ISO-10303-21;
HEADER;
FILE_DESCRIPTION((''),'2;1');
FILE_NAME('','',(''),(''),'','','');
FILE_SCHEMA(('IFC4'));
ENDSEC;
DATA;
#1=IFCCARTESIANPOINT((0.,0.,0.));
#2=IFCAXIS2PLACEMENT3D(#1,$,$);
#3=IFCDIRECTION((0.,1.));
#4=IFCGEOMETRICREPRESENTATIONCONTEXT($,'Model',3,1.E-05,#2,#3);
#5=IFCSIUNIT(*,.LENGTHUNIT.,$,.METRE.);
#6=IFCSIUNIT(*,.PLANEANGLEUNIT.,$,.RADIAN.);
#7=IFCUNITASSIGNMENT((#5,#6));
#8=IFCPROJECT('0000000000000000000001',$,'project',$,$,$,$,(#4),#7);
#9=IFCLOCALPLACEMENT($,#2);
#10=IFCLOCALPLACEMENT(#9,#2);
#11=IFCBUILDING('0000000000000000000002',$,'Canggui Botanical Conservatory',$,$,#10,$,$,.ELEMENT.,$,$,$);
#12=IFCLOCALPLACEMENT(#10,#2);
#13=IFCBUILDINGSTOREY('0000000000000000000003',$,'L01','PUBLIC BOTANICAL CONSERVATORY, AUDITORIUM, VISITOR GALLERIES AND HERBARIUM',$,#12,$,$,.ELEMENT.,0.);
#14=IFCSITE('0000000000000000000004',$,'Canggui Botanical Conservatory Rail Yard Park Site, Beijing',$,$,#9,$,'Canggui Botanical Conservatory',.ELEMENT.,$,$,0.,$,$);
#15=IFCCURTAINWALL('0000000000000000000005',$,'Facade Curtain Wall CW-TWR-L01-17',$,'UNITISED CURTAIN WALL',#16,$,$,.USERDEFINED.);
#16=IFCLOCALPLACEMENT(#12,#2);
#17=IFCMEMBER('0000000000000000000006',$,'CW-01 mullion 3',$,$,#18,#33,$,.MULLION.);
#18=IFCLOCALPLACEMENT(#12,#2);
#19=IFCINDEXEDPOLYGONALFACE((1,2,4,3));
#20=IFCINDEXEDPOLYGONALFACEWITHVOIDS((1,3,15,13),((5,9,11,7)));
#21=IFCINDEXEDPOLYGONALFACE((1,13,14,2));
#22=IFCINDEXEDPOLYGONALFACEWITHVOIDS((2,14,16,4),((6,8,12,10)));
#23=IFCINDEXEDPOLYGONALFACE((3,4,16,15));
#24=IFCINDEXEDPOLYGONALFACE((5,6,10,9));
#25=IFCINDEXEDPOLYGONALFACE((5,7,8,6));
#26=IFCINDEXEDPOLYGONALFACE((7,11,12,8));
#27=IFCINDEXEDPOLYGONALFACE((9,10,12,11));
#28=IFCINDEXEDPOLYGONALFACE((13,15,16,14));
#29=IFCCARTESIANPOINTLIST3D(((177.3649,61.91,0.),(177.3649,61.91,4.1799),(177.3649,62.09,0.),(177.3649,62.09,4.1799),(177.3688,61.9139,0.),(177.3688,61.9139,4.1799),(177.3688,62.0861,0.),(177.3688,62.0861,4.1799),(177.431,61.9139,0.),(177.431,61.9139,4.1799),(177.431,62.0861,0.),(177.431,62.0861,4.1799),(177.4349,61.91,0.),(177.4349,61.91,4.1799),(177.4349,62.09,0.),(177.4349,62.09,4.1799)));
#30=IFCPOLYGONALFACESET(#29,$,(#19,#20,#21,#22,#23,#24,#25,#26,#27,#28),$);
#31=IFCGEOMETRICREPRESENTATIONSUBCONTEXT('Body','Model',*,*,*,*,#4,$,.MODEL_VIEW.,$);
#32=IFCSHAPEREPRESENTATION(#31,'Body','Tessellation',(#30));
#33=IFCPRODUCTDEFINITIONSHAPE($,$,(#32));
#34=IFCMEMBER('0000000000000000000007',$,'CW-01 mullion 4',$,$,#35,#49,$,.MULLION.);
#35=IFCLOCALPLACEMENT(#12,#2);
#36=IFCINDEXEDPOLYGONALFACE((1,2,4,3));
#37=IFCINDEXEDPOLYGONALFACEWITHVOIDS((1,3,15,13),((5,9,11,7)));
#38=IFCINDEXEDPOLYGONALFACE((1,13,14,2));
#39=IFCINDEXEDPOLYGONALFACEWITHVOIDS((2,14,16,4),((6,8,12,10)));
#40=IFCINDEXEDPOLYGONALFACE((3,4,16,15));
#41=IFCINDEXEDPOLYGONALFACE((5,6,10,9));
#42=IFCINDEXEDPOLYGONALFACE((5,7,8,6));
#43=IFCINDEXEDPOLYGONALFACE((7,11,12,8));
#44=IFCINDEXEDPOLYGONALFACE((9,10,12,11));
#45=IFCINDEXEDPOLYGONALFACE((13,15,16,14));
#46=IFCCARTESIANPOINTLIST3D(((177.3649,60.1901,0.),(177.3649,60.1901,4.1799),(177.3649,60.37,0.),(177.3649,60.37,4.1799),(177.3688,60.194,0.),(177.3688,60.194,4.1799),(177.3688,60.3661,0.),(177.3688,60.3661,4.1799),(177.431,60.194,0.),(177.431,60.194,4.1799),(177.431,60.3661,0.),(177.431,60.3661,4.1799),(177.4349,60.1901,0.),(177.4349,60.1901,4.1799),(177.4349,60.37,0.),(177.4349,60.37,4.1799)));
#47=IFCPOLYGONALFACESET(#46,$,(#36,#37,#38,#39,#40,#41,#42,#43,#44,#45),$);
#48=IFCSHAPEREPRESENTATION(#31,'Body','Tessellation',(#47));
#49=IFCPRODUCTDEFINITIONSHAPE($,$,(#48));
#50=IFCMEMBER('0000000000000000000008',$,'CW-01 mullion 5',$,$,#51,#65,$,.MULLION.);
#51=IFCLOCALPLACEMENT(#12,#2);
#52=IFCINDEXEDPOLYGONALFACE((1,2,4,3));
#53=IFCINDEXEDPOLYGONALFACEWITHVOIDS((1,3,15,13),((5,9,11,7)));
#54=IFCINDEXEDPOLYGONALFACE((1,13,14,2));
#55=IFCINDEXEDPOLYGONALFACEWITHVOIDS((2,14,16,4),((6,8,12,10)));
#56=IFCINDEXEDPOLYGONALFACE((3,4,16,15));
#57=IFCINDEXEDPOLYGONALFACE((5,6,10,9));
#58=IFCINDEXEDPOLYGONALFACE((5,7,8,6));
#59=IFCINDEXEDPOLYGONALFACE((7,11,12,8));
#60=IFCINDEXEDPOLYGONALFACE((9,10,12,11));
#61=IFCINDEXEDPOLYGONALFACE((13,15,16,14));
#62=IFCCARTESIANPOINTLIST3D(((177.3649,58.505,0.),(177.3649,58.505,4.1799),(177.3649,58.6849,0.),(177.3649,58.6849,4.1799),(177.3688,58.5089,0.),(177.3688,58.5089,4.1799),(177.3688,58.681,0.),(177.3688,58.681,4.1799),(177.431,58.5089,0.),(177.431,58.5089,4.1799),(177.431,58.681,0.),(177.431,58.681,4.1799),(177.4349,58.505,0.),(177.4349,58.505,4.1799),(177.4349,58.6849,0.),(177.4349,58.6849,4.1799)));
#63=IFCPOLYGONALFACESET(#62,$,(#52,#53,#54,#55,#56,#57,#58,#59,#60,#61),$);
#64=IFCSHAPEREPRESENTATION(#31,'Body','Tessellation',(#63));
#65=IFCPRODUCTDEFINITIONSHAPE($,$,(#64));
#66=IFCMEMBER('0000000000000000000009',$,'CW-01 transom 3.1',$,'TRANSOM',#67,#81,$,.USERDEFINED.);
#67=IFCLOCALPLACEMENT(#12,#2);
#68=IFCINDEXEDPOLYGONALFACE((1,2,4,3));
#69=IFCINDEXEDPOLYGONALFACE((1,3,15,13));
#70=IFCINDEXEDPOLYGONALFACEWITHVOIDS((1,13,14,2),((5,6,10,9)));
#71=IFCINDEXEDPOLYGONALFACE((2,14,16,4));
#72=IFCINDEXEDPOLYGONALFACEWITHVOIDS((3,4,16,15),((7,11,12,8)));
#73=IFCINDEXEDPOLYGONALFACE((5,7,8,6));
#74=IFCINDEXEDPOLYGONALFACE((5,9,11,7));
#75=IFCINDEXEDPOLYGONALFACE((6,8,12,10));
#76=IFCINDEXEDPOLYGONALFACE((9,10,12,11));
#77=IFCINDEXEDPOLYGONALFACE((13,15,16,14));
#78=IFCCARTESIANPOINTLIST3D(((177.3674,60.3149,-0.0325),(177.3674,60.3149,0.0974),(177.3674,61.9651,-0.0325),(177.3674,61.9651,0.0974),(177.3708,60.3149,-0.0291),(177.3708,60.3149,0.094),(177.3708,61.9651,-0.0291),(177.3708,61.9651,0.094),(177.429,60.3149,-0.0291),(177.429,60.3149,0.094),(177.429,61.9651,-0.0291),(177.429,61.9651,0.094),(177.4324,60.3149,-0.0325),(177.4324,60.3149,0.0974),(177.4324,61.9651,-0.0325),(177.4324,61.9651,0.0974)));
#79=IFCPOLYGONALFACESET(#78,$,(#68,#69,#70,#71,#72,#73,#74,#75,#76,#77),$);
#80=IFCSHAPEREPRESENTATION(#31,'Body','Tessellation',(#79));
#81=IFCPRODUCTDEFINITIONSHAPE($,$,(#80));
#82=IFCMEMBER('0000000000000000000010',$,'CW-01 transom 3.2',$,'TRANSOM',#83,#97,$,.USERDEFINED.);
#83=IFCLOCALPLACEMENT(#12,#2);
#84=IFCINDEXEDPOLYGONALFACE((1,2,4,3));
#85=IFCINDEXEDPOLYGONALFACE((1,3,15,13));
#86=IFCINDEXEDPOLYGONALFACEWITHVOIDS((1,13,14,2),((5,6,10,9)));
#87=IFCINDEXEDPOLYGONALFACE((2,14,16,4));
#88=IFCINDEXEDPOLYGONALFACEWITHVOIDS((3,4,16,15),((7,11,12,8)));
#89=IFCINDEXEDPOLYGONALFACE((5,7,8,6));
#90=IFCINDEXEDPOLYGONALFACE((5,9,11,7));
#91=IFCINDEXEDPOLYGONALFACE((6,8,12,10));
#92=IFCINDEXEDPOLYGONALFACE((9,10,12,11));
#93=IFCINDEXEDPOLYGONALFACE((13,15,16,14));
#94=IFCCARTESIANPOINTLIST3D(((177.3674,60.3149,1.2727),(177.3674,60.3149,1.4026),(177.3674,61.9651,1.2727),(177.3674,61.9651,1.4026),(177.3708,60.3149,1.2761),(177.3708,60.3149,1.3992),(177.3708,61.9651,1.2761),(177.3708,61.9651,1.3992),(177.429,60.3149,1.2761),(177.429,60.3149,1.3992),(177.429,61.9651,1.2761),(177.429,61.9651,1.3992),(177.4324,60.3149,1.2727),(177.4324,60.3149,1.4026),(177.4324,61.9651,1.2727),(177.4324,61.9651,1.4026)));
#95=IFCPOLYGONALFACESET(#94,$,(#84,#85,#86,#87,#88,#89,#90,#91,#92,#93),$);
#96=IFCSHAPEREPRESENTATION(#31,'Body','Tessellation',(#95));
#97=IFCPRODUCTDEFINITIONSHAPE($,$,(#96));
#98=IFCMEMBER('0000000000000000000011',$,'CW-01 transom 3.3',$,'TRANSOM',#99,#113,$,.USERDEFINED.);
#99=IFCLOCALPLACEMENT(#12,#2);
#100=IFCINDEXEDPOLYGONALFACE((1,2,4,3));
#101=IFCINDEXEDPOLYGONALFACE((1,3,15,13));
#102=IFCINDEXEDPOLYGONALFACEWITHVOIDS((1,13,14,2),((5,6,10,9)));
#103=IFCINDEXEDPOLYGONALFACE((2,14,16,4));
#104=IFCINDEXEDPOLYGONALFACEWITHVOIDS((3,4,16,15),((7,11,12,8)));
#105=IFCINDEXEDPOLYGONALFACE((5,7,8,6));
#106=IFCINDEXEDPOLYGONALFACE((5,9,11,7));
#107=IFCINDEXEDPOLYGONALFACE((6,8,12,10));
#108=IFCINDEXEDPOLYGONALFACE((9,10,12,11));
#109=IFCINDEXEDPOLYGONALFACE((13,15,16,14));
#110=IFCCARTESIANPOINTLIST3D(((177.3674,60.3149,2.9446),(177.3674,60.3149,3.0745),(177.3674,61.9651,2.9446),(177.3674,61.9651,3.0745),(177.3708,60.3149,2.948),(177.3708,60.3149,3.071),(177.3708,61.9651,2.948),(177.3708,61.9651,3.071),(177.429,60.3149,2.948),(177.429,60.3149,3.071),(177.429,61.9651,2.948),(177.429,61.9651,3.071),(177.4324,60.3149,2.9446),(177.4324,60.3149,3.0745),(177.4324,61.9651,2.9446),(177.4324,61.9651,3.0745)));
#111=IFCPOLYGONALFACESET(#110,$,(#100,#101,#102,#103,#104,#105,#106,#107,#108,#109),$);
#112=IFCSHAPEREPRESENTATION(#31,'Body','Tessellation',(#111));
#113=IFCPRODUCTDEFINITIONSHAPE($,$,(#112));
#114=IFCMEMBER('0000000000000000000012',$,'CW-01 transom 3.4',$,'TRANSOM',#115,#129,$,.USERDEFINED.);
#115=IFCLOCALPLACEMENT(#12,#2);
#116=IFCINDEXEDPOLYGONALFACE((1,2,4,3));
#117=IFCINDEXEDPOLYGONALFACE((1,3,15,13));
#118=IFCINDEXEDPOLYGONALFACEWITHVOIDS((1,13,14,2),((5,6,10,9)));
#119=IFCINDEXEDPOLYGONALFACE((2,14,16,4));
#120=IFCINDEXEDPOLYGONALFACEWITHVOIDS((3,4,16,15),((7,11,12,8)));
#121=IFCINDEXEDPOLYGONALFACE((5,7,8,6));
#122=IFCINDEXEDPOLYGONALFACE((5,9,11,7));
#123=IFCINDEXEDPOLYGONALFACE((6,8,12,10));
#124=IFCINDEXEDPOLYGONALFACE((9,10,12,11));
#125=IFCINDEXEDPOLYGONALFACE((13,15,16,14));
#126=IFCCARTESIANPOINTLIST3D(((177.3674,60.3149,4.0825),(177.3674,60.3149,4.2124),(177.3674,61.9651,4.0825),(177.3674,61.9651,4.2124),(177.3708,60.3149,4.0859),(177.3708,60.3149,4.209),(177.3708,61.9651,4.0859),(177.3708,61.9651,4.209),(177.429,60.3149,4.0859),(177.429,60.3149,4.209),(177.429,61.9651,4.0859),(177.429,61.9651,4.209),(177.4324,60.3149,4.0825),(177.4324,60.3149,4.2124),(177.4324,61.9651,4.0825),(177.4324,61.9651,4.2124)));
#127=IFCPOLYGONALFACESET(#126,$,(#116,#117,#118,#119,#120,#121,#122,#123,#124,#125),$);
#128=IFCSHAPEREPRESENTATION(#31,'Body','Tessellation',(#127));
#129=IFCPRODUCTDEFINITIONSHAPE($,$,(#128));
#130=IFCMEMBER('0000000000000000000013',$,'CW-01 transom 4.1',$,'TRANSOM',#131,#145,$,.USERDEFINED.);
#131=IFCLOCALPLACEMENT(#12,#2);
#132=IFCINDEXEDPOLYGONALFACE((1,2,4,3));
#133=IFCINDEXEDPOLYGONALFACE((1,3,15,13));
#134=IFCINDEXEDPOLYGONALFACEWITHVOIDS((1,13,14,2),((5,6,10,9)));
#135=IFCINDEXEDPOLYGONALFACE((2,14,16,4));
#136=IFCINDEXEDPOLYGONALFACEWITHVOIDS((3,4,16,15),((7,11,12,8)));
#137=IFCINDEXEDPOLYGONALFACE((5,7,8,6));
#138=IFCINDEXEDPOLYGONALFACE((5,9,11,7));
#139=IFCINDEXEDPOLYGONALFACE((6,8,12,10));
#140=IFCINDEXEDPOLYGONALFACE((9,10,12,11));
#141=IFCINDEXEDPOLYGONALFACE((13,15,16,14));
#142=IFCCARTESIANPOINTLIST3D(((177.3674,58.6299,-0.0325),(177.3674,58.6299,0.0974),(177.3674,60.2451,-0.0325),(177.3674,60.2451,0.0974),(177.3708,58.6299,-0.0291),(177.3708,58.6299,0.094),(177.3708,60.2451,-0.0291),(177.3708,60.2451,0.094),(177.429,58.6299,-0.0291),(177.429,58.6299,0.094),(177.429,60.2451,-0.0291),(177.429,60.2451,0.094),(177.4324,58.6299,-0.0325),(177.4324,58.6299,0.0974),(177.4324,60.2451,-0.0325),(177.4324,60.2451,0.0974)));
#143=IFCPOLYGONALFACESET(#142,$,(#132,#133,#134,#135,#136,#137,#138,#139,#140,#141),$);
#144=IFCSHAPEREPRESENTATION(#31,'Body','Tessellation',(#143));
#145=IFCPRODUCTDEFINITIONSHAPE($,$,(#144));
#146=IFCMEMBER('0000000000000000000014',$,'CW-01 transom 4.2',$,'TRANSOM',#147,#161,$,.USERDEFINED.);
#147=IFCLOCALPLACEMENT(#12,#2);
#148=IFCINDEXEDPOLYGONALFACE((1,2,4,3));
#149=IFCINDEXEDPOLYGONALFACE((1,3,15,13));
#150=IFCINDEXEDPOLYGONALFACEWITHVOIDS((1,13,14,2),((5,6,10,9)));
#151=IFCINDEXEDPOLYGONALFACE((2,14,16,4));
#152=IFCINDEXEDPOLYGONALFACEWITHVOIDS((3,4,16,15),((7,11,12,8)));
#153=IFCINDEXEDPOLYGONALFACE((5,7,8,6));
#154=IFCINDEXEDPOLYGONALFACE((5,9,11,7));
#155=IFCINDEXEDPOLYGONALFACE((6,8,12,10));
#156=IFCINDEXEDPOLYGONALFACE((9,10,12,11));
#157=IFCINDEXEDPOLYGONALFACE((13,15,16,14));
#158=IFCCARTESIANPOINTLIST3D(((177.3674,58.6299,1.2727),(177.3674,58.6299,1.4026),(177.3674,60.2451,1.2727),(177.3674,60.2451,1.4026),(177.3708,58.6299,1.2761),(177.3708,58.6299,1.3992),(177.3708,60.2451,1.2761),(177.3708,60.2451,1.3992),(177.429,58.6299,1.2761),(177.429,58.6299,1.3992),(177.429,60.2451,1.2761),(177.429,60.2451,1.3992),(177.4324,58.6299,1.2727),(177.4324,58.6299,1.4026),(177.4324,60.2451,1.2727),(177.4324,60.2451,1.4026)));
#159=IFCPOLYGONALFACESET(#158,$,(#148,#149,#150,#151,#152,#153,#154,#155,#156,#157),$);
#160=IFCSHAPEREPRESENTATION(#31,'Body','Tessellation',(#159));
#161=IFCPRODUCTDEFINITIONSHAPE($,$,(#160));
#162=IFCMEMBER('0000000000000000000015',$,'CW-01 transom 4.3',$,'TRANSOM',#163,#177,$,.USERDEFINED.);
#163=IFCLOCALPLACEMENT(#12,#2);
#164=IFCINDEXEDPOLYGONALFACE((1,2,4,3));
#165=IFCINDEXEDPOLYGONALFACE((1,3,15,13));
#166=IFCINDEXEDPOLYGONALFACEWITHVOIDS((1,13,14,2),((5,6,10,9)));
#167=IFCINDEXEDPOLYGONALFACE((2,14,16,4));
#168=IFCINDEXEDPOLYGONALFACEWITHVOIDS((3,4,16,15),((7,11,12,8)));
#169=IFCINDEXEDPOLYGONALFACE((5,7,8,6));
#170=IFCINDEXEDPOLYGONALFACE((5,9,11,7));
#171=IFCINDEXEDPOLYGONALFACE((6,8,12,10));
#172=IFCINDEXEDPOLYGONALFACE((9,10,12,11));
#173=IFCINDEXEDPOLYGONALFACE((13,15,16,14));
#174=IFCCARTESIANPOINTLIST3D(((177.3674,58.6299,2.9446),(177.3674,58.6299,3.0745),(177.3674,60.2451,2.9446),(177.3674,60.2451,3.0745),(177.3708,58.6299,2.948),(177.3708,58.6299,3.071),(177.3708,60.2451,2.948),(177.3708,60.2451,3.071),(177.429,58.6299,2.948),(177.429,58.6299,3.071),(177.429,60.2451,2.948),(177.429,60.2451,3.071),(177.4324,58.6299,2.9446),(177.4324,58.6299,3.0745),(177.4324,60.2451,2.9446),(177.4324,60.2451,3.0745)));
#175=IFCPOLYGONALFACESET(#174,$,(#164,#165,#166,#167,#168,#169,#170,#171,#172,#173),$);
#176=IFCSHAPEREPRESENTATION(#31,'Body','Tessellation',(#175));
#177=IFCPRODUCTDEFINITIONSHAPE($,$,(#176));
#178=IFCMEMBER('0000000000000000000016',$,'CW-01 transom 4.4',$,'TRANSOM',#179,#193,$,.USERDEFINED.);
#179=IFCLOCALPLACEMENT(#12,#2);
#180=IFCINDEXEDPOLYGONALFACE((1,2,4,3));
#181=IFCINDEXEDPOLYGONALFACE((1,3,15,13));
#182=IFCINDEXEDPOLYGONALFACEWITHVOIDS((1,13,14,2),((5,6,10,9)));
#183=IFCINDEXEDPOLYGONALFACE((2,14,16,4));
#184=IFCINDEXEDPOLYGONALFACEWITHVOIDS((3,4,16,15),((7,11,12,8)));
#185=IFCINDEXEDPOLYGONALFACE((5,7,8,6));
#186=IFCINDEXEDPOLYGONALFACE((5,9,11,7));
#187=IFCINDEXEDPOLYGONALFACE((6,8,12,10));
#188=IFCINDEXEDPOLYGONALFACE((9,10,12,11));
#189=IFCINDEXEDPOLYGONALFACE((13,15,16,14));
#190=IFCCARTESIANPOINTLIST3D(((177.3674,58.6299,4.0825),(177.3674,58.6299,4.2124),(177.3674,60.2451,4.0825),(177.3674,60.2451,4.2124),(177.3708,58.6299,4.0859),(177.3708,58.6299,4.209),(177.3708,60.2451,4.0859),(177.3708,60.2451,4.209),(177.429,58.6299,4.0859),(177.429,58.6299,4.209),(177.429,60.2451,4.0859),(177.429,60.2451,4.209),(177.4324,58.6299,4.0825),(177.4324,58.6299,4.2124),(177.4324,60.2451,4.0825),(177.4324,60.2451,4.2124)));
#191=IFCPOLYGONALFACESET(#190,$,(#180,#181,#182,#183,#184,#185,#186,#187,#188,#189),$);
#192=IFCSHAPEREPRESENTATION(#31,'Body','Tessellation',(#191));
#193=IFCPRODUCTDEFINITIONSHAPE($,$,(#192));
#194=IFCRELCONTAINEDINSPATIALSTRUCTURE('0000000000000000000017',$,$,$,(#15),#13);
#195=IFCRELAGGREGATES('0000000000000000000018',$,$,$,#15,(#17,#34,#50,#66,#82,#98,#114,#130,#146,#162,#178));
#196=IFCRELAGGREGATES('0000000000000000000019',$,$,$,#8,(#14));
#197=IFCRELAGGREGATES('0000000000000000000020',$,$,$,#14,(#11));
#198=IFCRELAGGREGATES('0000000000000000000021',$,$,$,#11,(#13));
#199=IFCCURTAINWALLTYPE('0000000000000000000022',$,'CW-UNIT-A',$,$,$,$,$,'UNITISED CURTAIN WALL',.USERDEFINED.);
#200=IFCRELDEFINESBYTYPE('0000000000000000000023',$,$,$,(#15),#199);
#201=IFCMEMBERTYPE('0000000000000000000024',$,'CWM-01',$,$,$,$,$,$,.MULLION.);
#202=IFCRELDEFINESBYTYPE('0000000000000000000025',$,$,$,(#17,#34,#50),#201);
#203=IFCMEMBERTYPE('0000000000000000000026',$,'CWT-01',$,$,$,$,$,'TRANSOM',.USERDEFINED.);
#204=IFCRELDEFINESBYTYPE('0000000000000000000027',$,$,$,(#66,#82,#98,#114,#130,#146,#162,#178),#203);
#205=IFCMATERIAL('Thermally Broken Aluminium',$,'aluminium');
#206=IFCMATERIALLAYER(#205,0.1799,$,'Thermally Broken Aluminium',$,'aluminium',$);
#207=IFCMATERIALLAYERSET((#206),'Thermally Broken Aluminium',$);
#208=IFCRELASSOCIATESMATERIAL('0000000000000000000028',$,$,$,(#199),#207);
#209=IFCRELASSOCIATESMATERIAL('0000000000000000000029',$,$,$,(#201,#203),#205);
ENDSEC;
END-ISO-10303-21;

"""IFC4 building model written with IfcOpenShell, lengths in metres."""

from ifc_helpers import new_model, si_unit, direction, frame, origin, origin_2d, place, context, subcontext, project, spatial, hollow_rectangle, extrude, material, layer, layer_set, material_profile, profile_set, type_object, element, aggregate, save


model = new_model("IFC4")

# Units and contexts
model_context = context("Model", 3, precision=1e-05, world=origin(), true_north=direction((0.0, 1.0)))
body_context = subcontext(model_context, "Body", "Model", "MODEL_VIEW")
ifc_project = project(units=[si_unit("LENGTHUNIT", "METRE"), si_unit("PLANEANGLEUNIT", "RADIAN")], contexts=[model_context])

# Site, building, storey
site_placement = place(None, origin())
site = spatial("IfcSite", under=ifc_project, at=site_placement, Name="Canggui Botanical Conservatory Rail Yard Park Site, Beijing", LongName="Canggui Botanical Conservatory", CompositionType="ELEMENT", RefElevation=0.0)
building_placement = place(site_placement, origin())
building = spatial("IfcBuilding", under=site, at=building_placement, Name="Canggui Botanical Conservatory", CompositionType="ELEMENT")
storey_placement = place(building_placement, origin())
storey = spatial("IfcBuildingStorey", under=building, at=storey_placement, Name="L01", Description="PUBLIC BOTANICAL CONSERVATORY, AUDITORIUM, VISITOR GALLERIES AND HERBARIUM", CompositionType="ELEMENT", Elevation=0.0)

# Curtain wall, members
ifc_material_1 = material(Name="Thermally Broken Aluminium", Category="aluminium")
ifc_layer_1 = layer(ifc_material_1, 0.1799, Name="Thermally Broken Aluminium", Category="aluminium")
ifc_layer_set_1 = layer_set([ifc_layer_1], Name="Thermally Broken Aluminium")
curtain_wall_type = type_object("IfcCurtainWallType", Name="CW-UNIT-A", ElementType="UNITISED CURTAIN WALL", PredefinedType="USERDEFINED", material=ifc_layer_set_1)
curtain_wall_placement = place(storey_placement, origin())
curtain_wall = element("IfcCurtainWall", 1, at=curtain_wall_placement, inside=storey, type_object=curtain_wall_type, Name="Facade Curtain Wall CW-TWR-L01-17", ObjectType="UNITISED CURTAIN WALL", PredefinedType="USERDEFINED")
ifc_material_profile_1 = material_profile(ifc_material_1, hollow_rectangle(XDim=0.0701, YDim=0.1799, WallThickness=0.0039, at=origin_2d()), Name="CWM 70x180x4")
ifc_profile_set_1 = profile_set([ifc_material_profile_1], Name="Thermally Broken Aluminium")
member_type_1 = type_object("IfcMemberType", Name="CWM-01", PredefinedType="MULLION", material=ifc_profile_set_1)
member_1_placement = place(storey_placement, frame((177.3999, 62.0, 0.0), z_axis=(0.0, 0.0, 1.0), x_axis=(1.0, 0.0, 0.0)))
member_1 = element("IfcMember", 2, at=member_1_placement, type_object=member_type_1, Name="CW-01 mullion 3", PredefinedType="MULLION", context=body_context, shape_type="SweptSolid", body=[
    extrude(hollow_rectangle(XDim=0.0701, YDim=0.1799, WallThickness=0.0039, at=origin_2d()), origin(), (0.0, 0.0, 1.0), 4.1799),
])
member_2_placement = place(storey_placement, frame((177.3999, 60.28, 0.0), z_axis=(0.0, 0.0, 1.0), x_axis=(1.0, 0.0, 0.0)))
member_2 = element("IfcMember", 3, at=member_2_placement, type_object=member_type_1, Name="CW-01 mullion 4", PredefinedType="MULLION", context=body_context, shape_type="SweptSolid", body=[
    extrude(hollow_rectangle(XDim=0.0701, YDim=0.1799, WallThickness=0.0039, at=origin_2d()), origin(), (0.0, 0.0, 1.0), 4.1799),
])
member_3_placement = place(storey_placement, frame((177.3999, 58.595, 0.0), z_axis=(0.0, 0.0, 1.0), x_axis=(1.0, 0.0, 0.0)))
member_3 = element("IfcMember", 4, at=member_3_placement, type_object=member_type_1, Name="CW-01 mullion 5", PredefinedType="MULLION", context=body_context, shape_type="SweptSolid", body=[
    extrude(hollow_rectangle(XDim=0.0701, YDim=0.1799, WallThickness=0.0039, at=origin_2d()), origin(), (0.0, 0.0, 1.0), 4.1799),
])
ifc_material_profile_2 = material_profile(ifc_material_1, hollow_rectangle(XDim=0.0649, YDim=0.1299, WallThickness=0.0034, at=origin_2d()), Name="CWT 65x130x3.5")
ifc_profile_set_2 = profile_set([ifc_material_profile_2], Name="Thermally Broken Aluminium")
member_type_2 = type_object("IfcMemberType", Name="CWT-01", ElementType="TRANSOM", PredefinedType="USERDEFINED", material=ifc_profile_set_2)
member_4_placement = place(storey_placement, frame((177.3999, 61.9651, 0.0325), z_axis=(0.0, -1.0, 0.0), x_axis=(1.0, 0.0, 0.0)))
member_4 = element("IfcMember", 5, at=member_4_placement, type_object=member_type_2, Name="CW-01 transom 3.1", ObjectType="TRANSOM", PredefinedType="USERDEFINED", context=body_context, shape_type="SweptSolid", body=[
    extrude(hollow_rectangle(XDim=0.0649, YDim=0.1299, WallThickness=0.0034, at=origin_2d()), origin(), (0.0, 0.0, 1.0), 1.6501),
])
member_5_placement = place(storey_placement, frame((177.3999, 61.9651, 1.3376), z_axis=(0.0, -1.0, 0.0), x_axis=(1.0, 0.0, 0.0)))
member_5 = element("IfcMember", 6, at=member_5_placement, type_object=member_type_2, Name="CW-01 transom 3.2", ObjectType="TRANSOM", PredefinedType="USERDEFINED", context=body_context, shape_type="SweptSolid", body=[
    extrude(hollow_rectangle(XDim=0.0649, YDim=0.1299, WallThickness=0.0034, at=origin_2d()), origin(), (0.0, 0.0, 1.0), 1.6501),
])
member_6_placement = place(storey_placement, frame((177.3999, 61.9651, 3.0095), z_axis=(0.0, -1.0, 0.0), x_axis=(1.0, 0.0, 0.0)))
member_6 = element("IfcMember", 7, at=member_6_placement, type_object=member_type_2, Name="CW-01 transom 3.3", ObjectType="TRANSOM", PredefinedType="USERDEFINED", context=body_context, shape_type="SweptSolid", body=[
    extrude(hollow_rectangle(XDim=0.0649, YDim=0.1299, WallThickness=0.0034, at=origin_2d()), origin(), (0.0, 0.0, 1.0), 1.6501),
])
member_7_placement = place(storey_placement, frame((177.3999, 61.9651, 4.1475), z_axis=(0.0, -1.0, 0.0), x_axis=(1.0, 0.0, 0.0)))
member_7 = element("IfcMember", 8, at=member_7_placement, type_object=member_type_2, Name="CW-01 transom 3.4", ObjectType="TRANSOM", PredefinedType="USERDEFINED", context=body_context, shape_type="SweptSolid", body=[
    extrude(hollow_rectangle(XDim=0.0649, YDim=0.1299, WallThickness=0.0034, at=origin_2d()), origin(), (0.0, 0.0, 1.0), 1.6501),
])
member_8_placement = place(storey_placement, frame((177.3999, 60.2451, 0.0325), z_axis=(0.0, -1.0, 0.0), x_axis=(1.0, 0.0, 0.0)))
member_8 = element("IfcMember", 9, at=member_8_placement, type_object=member_type_2, Name="CW-01 transom 4.1", ObjectType="TRANSOM", PredefinedType="USERDEFINED", context=body_context, shape_type="SweptSolid", body=[
    extrude(hollow_rectangle(XDim=0.0649, YDim=0.1299, WallThickness=0.0034, at=origin_2d()), origin(), (0.0, 0.0, 1.0), 1.6152),
])
member_9_placement = place(storey_placement, frame((177.3999, 60.2451, 1.3376), z_axis=(0.0, -1.0, 0.0), x_axis=(1.0, 0.0, 0.0)))
member_9 = element("IfcMember", 10, at=member_9_placement, type_object=member_type_2, Name="CW-01 transom 4.2", ObjectType="TRANSOM", PredefinedType="USERDEFINED", context=body_context, shape_type="SweptSolid", body=[
    extrude(hollow_rectangle(XDim=0.0649, YDim=0.1299, WallThickness=0.0034, at=origin_2d()), origin(), (0.0, 0.0, 1.0), 1.6152),
])
member_10_placement = place(storey_placement, frame((177.3999, 60.2451, 3.0095), z_axis=(0.0, -1.0, 0.0), x_axis=(1.0, 0.0, 0.0)))
member_10 = element("IfcMember", 11, at=member_10_placement, type_object=member_type_2, Name="CW-01 transom 4.3", ObjectType="TRANSOM", PredefinedType="USERDEFINED", context=body_context, shape_type="SweptSolid", body=[
    extrude(hollow_rectangle(XDim=0.0649, YDim=0.1299, WallThickness=0.0034, at=origin_2d()), origin(), (0.0, 0.0, 1.0), 1.6152),
])
member_11_placement = place(storey_placement, frame((177.3999, 60.2451, 4.1475), z_axis=(0.0, -1.0, 0.0), x_axis=(1.0, 0.0, 0.0)))
member_11 = element("IfcMember", 12, at=member_11_placement, type_object=member_type_2, Name="CW-01 transom 4.4", ObjectType="TRANSOM", PredefinedType="USERDEFINED", context=body_context, shape_type="SweptSolid", body=[
    extrude(hollow_rectangle(XDim=0.0649, YDim=0.1299, WallThickness=0.0034, at=origin_2d()), origin(), (0.0, 0.0, 1.0), 1.6152),
])
aggregate(curtain_wall, [member_1, member_2, member_3, member_4, member_5, member_6, member_7, member_8, member_9, member_10, member_11])

save(model, "model.ifc")
